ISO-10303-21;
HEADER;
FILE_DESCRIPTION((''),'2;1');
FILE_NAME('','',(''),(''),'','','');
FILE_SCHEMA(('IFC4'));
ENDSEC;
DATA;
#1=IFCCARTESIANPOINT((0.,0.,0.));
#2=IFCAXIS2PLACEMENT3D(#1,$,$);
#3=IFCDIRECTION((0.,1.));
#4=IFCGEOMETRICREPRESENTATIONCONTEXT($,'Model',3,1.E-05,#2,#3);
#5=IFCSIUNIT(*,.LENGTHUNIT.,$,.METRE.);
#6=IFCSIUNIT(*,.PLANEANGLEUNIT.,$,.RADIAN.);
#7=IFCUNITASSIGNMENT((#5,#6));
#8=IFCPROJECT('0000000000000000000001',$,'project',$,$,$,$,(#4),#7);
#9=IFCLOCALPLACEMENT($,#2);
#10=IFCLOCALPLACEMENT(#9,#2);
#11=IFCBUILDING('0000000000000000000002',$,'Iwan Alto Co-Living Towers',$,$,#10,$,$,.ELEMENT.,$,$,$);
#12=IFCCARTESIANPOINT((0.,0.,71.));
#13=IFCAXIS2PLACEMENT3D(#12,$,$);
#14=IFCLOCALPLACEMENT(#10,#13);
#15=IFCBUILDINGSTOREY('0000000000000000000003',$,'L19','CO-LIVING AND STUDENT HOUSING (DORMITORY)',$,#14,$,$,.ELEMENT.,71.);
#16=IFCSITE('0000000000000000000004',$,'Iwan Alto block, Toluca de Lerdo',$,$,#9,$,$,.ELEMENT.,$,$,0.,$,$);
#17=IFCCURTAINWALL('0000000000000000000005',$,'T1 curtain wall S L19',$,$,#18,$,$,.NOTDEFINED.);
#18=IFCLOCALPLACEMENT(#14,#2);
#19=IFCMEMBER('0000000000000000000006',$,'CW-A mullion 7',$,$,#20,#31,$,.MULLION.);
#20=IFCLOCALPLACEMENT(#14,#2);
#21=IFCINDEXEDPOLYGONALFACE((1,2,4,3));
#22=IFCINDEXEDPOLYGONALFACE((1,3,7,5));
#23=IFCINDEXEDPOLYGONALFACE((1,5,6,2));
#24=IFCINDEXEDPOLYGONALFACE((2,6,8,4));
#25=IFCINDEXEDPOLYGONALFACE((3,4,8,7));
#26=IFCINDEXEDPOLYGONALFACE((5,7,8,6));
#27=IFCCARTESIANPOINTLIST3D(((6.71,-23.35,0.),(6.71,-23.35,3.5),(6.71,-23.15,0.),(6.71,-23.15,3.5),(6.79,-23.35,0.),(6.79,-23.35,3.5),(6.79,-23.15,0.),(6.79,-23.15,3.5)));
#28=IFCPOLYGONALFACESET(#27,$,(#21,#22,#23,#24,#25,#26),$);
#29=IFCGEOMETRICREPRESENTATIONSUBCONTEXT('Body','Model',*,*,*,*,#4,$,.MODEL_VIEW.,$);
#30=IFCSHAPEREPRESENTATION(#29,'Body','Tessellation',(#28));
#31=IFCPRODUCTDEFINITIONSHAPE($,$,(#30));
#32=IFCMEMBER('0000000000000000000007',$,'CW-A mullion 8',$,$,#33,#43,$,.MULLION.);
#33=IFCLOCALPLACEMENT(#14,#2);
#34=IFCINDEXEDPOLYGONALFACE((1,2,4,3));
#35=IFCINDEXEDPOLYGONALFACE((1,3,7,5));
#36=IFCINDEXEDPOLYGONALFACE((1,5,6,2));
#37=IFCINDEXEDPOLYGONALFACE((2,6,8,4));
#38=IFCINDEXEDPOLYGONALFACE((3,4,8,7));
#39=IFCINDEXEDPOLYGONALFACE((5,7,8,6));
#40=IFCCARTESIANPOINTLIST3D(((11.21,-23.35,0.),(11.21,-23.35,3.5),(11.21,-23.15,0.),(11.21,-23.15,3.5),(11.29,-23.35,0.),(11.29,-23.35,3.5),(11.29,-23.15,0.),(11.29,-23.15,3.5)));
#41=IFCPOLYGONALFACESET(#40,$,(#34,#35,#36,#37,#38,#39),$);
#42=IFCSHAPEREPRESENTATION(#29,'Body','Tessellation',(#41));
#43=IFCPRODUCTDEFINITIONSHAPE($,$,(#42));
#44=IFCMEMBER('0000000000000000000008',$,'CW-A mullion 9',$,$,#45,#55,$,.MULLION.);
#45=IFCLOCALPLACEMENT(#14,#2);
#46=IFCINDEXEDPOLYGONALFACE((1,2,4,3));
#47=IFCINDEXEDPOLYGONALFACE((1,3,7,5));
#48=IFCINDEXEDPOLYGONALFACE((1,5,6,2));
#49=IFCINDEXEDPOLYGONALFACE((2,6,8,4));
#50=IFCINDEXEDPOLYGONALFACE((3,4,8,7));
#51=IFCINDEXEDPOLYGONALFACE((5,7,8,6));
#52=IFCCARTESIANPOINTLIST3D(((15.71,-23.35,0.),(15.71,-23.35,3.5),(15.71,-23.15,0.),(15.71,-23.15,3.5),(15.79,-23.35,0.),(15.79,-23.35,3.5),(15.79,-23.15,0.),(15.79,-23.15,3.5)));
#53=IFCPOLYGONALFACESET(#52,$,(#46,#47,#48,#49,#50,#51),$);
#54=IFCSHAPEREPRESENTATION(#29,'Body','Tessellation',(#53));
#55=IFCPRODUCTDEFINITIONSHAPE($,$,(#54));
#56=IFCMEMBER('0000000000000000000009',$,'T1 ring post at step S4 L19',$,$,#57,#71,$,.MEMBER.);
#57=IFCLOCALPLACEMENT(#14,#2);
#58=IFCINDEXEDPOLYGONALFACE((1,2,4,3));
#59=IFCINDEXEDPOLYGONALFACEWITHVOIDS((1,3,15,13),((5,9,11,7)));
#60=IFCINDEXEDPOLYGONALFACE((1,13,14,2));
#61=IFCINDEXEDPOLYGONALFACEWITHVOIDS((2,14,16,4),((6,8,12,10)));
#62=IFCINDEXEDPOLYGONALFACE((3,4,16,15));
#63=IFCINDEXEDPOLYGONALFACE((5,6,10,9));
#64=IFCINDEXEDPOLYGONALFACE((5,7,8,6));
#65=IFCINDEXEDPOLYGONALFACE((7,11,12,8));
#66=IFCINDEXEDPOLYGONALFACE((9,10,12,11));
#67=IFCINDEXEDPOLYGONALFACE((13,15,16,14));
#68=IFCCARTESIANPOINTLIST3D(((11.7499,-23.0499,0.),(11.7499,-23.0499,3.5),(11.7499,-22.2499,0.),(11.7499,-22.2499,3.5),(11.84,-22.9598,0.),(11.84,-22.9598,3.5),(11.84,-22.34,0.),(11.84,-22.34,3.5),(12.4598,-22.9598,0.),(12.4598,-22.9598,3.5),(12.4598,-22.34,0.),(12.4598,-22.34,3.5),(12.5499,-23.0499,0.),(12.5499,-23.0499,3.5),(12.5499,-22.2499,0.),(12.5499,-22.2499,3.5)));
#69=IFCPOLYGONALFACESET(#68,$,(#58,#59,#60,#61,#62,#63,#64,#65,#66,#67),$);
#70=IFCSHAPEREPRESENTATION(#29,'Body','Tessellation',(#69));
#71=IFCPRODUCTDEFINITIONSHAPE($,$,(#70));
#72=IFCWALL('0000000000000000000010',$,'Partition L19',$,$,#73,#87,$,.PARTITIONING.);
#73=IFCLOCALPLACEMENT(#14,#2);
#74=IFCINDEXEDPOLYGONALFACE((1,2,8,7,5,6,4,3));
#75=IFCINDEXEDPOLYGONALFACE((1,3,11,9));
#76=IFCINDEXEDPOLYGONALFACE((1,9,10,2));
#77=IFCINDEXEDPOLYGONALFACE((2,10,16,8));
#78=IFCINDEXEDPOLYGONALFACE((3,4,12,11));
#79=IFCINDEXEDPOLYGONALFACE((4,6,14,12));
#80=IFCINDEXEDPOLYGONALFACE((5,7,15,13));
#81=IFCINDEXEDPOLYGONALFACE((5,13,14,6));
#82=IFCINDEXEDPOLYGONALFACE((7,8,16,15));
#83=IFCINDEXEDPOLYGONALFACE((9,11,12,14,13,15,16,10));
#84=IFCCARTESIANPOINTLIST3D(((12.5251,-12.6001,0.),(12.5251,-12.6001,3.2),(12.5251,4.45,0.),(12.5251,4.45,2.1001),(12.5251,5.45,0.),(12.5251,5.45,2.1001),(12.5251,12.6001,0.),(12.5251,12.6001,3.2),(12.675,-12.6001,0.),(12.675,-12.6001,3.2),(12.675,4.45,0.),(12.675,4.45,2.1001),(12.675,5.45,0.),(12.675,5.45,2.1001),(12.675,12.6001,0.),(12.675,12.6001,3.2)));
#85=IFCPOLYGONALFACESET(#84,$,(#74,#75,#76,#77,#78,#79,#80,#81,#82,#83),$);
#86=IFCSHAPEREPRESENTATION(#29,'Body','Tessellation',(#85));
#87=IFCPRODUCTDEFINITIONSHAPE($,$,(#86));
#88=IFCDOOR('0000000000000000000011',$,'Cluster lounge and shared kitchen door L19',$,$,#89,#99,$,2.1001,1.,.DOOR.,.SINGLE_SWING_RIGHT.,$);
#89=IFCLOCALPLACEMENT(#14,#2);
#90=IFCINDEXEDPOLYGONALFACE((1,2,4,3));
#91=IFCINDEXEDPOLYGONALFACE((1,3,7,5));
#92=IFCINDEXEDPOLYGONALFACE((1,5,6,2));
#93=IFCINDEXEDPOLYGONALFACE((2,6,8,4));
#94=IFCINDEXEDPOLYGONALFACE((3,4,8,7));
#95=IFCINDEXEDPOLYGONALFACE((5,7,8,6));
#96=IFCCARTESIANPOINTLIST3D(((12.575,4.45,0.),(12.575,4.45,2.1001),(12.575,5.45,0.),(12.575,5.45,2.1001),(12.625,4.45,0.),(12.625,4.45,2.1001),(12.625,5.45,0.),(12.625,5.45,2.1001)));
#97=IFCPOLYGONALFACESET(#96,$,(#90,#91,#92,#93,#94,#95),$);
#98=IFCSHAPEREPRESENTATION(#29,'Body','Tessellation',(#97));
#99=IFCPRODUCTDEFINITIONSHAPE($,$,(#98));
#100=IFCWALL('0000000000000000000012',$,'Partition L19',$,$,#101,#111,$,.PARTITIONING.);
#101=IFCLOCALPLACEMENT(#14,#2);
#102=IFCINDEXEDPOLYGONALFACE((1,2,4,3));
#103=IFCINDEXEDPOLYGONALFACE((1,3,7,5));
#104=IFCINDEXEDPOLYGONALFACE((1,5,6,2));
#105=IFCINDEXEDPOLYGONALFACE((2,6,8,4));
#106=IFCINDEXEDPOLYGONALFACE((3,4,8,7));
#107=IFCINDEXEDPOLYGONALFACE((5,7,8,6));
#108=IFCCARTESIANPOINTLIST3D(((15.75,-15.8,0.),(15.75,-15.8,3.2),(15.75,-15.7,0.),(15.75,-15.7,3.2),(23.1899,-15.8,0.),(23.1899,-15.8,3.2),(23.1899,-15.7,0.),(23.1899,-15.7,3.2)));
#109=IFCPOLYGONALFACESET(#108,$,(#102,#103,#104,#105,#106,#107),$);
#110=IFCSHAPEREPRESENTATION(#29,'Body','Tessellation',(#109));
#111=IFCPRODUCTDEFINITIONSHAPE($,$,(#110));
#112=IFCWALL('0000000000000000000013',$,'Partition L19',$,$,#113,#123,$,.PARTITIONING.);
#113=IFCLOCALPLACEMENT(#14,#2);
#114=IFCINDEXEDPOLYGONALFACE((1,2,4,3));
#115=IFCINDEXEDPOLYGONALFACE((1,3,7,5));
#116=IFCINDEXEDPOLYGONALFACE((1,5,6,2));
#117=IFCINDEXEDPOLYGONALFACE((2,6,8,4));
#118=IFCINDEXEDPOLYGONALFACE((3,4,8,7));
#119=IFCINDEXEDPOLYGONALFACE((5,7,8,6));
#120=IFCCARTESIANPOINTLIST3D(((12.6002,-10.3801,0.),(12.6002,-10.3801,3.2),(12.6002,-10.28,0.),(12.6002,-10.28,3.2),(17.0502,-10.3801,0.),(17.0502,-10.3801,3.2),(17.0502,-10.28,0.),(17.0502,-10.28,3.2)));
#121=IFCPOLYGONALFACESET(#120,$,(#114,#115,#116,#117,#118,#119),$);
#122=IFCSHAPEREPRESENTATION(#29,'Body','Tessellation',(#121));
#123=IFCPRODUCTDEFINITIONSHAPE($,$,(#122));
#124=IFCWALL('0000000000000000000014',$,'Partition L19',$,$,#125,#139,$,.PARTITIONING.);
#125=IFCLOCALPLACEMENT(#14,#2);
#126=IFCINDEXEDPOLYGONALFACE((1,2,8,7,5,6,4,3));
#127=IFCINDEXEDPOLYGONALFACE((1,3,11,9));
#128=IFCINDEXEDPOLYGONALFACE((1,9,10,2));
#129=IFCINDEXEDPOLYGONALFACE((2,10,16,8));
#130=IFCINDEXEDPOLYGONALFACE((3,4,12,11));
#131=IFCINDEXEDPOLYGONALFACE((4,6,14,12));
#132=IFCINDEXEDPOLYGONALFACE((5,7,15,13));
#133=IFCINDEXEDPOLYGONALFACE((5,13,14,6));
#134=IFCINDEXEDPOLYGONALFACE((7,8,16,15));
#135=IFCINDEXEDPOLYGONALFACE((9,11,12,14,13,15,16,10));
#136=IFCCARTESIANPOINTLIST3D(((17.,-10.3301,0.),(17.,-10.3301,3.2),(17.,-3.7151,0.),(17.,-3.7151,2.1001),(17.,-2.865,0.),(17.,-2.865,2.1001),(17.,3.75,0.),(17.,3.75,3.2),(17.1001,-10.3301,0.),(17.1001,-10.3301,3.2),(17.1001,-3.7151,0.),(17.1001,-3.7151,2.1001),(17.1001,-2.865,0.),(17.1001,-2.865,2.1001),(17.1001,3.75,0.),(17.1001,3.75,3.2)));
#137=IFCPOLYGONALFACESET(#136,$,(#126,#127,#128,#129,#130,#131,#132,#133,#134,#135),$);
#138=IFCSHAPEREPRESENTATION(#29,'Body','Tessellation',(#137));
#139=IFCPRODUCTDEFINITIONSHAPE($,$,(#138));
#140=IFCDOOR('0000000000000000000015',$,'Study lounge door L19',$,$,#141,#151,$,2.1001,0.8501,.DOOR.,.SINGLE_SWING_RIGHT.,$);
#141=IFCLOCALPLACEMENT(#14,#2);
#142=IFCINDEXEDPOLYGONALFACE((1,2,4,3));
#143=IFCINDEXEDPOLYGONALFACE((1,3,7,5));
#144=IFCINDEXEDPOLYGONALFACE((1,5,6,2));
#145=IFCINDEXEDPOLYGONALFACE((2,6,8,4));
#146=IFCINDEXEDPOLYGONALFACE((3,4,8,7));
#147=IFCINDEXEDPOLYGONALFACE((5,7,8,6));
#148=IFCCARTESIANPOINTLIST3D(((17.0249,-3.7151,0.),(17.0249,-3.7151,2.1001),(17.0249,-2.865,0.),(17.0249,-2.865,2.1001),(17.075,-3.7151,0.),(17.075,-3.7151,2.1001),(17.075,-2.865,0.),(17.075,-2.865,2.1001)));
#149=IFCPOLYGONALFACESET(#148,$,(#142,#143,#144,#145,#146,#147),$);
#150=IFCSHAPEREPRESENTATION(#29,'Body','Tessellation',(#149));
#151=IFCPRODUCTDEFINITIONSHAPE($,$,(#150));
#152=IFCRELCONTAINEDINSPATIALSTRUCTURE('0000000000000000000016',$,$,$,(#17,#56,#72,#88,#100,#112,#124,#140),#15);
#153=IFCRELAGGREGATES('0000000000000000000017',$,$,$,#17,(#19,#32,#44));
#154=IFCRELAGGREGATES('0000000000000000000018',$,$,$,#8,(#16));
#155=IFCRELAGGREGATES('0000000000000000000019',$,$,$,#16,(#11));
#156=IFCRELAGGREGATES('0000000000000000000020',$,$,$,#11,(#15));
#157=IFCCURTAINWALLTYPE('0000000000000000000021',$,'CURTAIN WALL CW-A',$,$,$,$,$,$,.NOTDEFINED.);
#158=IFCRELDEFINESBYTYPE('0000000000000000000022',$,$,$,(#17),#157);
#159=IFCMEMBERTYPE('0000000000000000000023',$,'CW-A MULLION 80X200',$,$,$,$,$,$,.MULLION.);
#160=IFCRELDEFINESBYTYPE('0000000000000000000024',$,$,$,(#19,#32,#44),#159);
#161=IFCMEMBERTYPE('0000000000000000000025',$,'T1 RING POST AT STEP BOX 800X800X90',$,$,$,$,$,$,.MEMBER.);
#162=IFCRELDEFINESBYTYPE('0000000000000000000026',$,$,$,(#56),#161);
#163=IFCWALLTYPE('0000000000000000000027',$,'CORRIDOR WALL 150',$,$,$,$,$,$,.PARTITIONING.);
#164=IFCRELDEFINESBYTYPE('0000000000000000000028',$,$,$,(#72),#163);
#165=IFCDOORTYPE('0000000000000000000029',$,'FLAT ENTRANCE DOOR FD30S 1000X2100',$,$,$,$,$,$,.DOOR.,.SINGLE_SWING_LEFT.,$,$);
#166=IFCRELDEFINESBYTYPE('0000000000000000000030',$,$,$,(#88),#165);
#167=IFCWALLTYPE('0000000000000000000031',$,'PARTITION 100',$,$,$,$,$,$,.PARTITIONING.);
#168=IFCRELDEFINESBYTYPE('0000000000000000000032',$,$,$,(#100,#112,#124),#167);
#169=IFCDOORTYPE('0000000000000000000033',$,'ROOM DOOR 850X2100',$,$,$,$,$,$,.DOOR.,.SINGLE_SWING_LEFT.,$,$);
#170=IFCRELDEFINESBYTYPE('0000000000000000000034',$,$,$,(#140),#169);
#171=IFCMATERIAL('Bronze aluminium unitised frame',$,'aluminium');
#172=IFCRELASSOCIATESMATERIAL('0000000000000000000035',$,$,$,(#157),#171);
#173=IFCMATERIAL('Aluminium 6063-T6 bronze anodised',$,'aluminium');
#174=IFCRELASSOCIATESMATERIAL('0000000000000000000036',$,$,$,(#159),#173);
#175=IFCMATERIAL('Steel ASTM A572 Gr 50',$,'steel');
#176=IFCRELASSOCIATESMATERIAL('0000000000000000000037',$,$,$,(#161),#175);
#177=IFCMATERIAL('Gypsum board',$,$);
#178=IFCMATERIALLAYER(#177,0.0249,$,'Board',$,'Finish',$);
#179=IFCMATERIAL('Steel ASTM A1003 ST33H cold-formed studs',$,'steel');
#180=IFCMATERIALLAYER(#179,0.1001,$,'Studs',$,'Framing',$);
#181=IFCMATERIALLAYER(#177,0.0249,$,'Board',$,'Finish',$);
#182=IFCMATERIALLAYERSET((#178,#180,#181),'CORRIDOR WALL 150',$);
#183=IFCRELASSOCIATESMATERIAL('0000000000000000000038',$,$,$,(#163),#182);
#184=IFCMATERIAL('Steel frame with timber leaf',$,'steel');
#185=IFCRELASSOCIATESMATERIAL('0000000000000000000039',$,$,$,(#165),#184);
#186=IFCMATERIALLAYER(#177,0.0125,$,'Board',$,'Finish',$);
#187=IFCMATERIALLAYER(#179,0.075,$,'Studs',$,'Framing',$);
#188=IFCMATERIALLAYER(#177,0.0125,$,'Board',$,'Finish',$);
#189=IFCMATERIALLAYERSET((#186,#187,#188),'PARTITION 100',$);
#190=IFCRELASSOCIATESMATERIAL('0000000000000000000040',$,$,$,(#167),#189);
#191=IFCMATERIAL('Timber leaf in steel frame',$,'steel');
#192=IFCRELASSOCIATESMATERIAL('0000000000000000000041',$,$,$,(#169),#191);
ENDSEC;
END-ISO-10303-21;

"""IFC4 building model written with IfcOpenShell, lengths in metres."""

from ifc_helpers import new_model, si_unit, direction, frame, frame_2d, origin, origin_2d, place, context, subcontext, project, spatial, rectangle, hollow_rectangle, extrude, material, layer, layer_set, material_profile, profile_set, type_object, element, fill, aggregate, save


model = new_model("IFC4")

# Units and contexts
model_context = context("Model", 3, precision=1e-05, world=origin(), true_north=direction((0.0, 1.0)))
body_context = subcontext(model_context, "Body", "Model", "MODEL_VIEW")
ifc_project = project(units=[si_unit("LENGTHUNIT", "METRE"), si_unit("PLANEANGLEUNIT", "RADIAN")], contexts=[model_context])

# Site, building, storey
site_placement = place(None, origin())
site = spatial("IfcSite", under=ifc_project, at=site_placement, Name="Iwan Alto block, Toluca de Lerdo", CompositionType="ELEMENT", RefElevation=0.0)
building_placement = place(site_placement, origin())
building = spatial("IfcBuilding", under=site, at=building_placement, Name="Iwan Alto Co-Living Towers", CompositionType="ELEMENT")
storey_placement = place(building_placement, frame((0.0, 0.0, 71.0)))
storey = spatial("IfcBuildingStorey", under=building, at=storey_placement, Name="L19", Description="CO-LIVING AND STUDENT HOUSING (DORMITORY)", CompositionType="ELEMENT", Elevation=71.0)

# Curtain wall, members
ifc_material_1 = material(Name="Bronze aluminium unitised frame", Category="aluminium")
curtain_wall_type = type_object("IfcCurtainWallType", Name="CURTAIN WALL CW-A", PredefinedType="NOTDEFINED", material=ifc_material_1)
curtain_wall_placement = place(storey_placement, origin())
curtain_wall = element("IfcCurtainWall", 1, at=curtain_wall_placement, inside=storey, type_object=curtain_wall_type, Name="T1 curtain wall S L19", PredefinedType="NOTDEFINED")
ifc_material_2 = material(Name="Aluminium 6063-T6 bronze anodised", Category="aluminium")
ifc_material_profile_1 = material_profile(ifc_material_2, rectangle(XDim=0.2, YDim=0.0801, at=origin_2d()), Name="AL 80X200")
ifc_profile_set_1 = profile_set([ifc_material_profile_1], Name="Aluminium 6063-T6 bronze anodised")
member_type_1 = type_object("IfcMemberType", Name="CW-A MULLION 80X200", PredefinedType="MULLION", material=ifc_profile_set_1)
member_1_placement = place(storey_placement, frame((6.75, -23.25, 0.0), z_axis=(0.0, 0.0, 1.0), x_axis=(0.0, 1.0, 0.0)))
member_1 = element("IfcMember", 2, at=member_1_placement, type_object=member_type_1, Name="CW-A mullion 7", PredefinedType="MULLION", context=body_context, shape_type="SweptSolid", body=[
    extrude(rectangle(XDim=0.2, YDim=0.0801, at=origin_2d()), origin(), (0.0, 0.0, 1.0), 3.5),
])
member_2_placement = place(storey_placement, frame((11.25, -23.25, 0.0), z_axis=(0.0, 0.0, 1.0), x_axis=(0.0, 1.0, 0.0)))
member_2 = element("IfcMember", 3, at=member_2_placement, type_object=member_type_1, Name="CW-A mullion 8", PredefinedType="MULLION", context=body_context, shape_type="SweptSolid", body=[
    extrude(rectangle(XDim=0.2, YDim=0.0801, at=origin_2d()), origin(), (0.0, 0.0, 1.0), 3.5),
])
member_3_placement = place(storey_placement, frame((15.75, -23.25, 0.0), z_axis=(0.0, 0.0, 1.0), x_axis=(0.0, 1.0, 0.0)))
member_3 = element("IfcMember", 4, at=member_3_placement, type_object=member_type_1, Name="CW-A mullion 9", PredefinedType="MULLION", context=body_context, shape_type="SweptSolid", body=[
    extrude(rectangle(XDim=0.2, YDim=0.0801, at=origin_2d()), origin(), (0.0, 0.0, 1.0), 3.5),
])
aggregate(curtain_wall, [member_1, member_2, member_3])

# Member
ifc_material_3 = material(Name="Steel ASTM A572 Gr 50", Category="steel")
ifc_material_profile_2 = material_profile(ifc_material_3, hollow_rectangle(XDim=0.8, YDim=0.8, WallThickness=0.0901, at=origin_2d()), Name="BOX 800X800X90")
ifc_profile_set_2 = profile_set([ifc_material_profile_2], Name="Steel ASTM A572 Gr 50")
member_type_2 = type_object("IfcMemberType", Name="T1 RING POST AT STEP BOX 800X800X90", PredefinedType="MEMBER", material=ifc_profile_set_2)
member_4_placement = place(storey_placement, frame((12.1499, -22.6499, 0.0), z_axis=(0.0, 0.0, 1.0), x_axis=(1.0, 0.0, 0.0)))
element("IfcMember", 5, at=member_4_placement, inside=storey, type_object=member_type_2, Name="T1 ring post at step S4 L19", PredefinedType="MEMBER", context=body_context, shape_type="SweptSolid", body=[
    extrude(hollow_rectangle(XDim=0.8, YDim=0.8, WallThickness=0.0901, at=origin_2d()), origin(), (0.0, 0.0, 1.0), 3.5),
])

# Wall, opening, door
ifc_material_4 = material(Name="Gypsum board")
ifc_layer_1 = layer(ifc_material_4, 0.0249, Name="Board", Category="Finish")
ifc_material_5 = material(Name="Steel ASTM A1003 ST33H cold-formed studs", Category="steel")
ifc_layer_2 = layer(ifc_material_5, 0.1001, Name="Studs", Category="Framing")
ifc_layer_3 = layer(ifc_material_4, 0.0249, Name="Board", Category="Finish")
ifc_layer_set_1 = layer_set([ifc_layer_1, ifc_layer_2, ifc_layer_3], Name="CORRIDOR WALL 150")
wall_type_1 = type_object("IfcWallType", Name="CORRIDOR WALL 150", PredefinedType="PARTITIONING", material=ifc_layer_set_1)
wall_1_placement = place(storey_placement, frame((12.6001, -12.6001, 0.0), z_axis=(0.0, 0.0, 1.0), x_axis=(0.0, 1.0, 0.0)))
wall_1 = element("IfcWall", 6, at=wall_1_placement, inside=storey, type_object=wall_type_1, Name="Partition L19", PredefinedType="PARTITIONING", context=body_context, shape_type="SweptSolid", body=[
    extrude(rectangle(XDim=25.2002, YDim=0.1499, at=frame_2d((12.6001, 0.0))), origin(), (0.0, 0.0, 1.0), 3.2),
])
opening_1_placement = place(wall_1_placement, frame((17.05, 0.0, 0.0)))
opening_1 = element("IfcOpeningElement", 7, at=opening_1_placement, cuts=wall_1, PredefinedType="OPENING", context=body_context, shape_type="SweptSolid", body=[
    extrude(rectangle(XDim=1.0, YDim=2.1001, at=frame_2d((0.5, 1.05))), frame((0.0, 0.085, 0.0), z_axis=(0.0, -1.0, 0.0), x_axis=(1.0, 0.0, 0.0)), (0.0, 0.0, 1.0), 0.1699),
])
ifc_material_6 = material(Name="Steel frame with timber leaf", Category="steel")
door_type_1 = type_object("IfcDoorType", Name="FLAT ENTRANCE DOOR FD30S 1000X2100", OperationType="SINGLE_SWING_LEFT", PredefinedType="DOOR", material=ifc_material_6)
door_1_placement = place(opening_1_placement, frame((1.0, 0.0, 0.0), z_axis=(0.0, 0.0, 1.0), x_axis=(-1.0, 0.0, 0.0)))
door_1 = element("IfcDoor", 8, at=door_1_placement, inside=storey, type_object=door_type_1, Name="Cluster lounge and shared kitchen door L19", OperationType="SINGLE_SWING_RIGHT", OverallHeight=2.1001, OverallWidth=1.0, PredefinedType="DOOR", context=body_context, shape_type="SweptSolid", body=[
    extrude(rectangle(XDim=1.0, YDim=2.1001, at=frame_2d((0.5, 1.05))), frame((0.0, 0.0249, 0.0), z_axis=(0.0, -1.0, 0.0), x_axis=(1.0, 0.0, 0.0)), (0.0, 0.0, 1.0), 0.05),
])
fill(opening_1, door_1)

# Walls
ifc_layer_4 = layer(ifc_material_4, 0.0125, Name="Board", Category="Finish")
ifc_layer_5 = layer(ifc_material_5, 0.075, Name="Studs", Category="Framing")
ifc_layer_6 = layer(ifc_material_4, 0.0125, Name="Board", Category="Finish")
ifc_layer_set_2 = layer_set([ifc_layer_4, ifc_layer_5, ifc_layer_6], Name="PARTITION 100")
wall_type_2 = type_object("IfcWallType", Name="PARTITION 100", PredefinedType="PARTITIONING", material=ifc_layer_set_2)
wall_2_placement = place(storey_placement, frame((15.75, -15.75, 0.0), z_axis=(0.0, 0.0, 1.0), x_axis=(1.0, 0.0, 0.0)))
element("IfcWall", 9, at=wall_2_placement, inside=storey, type_object=wall_type_2, Name="Partition L19", PredefinedType="PARTITIONING", context=body_context, shape_type="SweptSolid", body=[
    extrude(rectangle(XDim=7.4399, YDim=0.1001, at=frame_2d((3.72, 0.0))), origin(), (0.0, 0.0, 1.0), 3.2),
])
wall_3_placement = place(storey_placement, frame((12.6001, -10.3301, 0.0), z_axis=(0.0, 0.0, 1.0), x_axis=(1.0, 0.0, 0.0)))
element("IfcWall", 10, at=wall_3_placement, inside=storey, type_object=wall_type_2, Name="Partition L19", PredefinedType="PARTITIONING", context=body_context, shape_type="SweptSolid", body=[
    extrude(rectangle(XDim=4.45, YDim=0.1001, at=frame_2d((2.2251, 0.0))), origin(), (0.0, 0.0, 1.0), 3.2),
])

# Wall, opening, door
wall_4_placement = place(storey_placement, frame((17.05, -10.3301, 0.0), z_axis=(0.0, 0.0, 1.0), x_axis=(0.0, 1.0, 0.0)))
wall_4 = element("IfcWall", 11, at=wall_4_placement, inside=storey, type_object=wall_type_2, Name="Partition L19", PredefinedType="PARTITIONING", context=body_context, shape_type="SweptSolid", body=[
    extrude(rectangle(XDim=14.0801, YDim=0.1001, at=frame_2d((7.04, 0.0))), origin(), (0.0, 0.0, 1.0), 3.2),
])
opening_2_placement = place(wall_4_placement, frame((6.615, 0.0, 0.0)))
opening_2 = element("IfcOpeningElement", 12, at=opening_2_placement, cuts=wall_4, PredefinedType="OPENING", context=body_context, shape_type="SweptSolid", body=[
    extrude(rectangle(XDim=0.8501, YDim=2.1001, at=frame_2d((0.425, 1.05))), frame((0.0, 0.0601, 0.0), z_axis=(0.0, -1.0, 0.0), x_axis=(1.0, 0.0, 0.0)), (0.0, 0.0, 1.0), 0.1201),
])
ifc_material_7 = material(Name="Timber leaf in steel frame", Category="steel")
door_type_2 = type_object("IfcDoorType", Name="ROOM DOOR 850X2100", OperationType="SINGLE_SWING_LEFT", PredefinedType="DOOR", material=ifc_material_7)
door_2_placement = place(opening_2_placement, frame((0.8501, 0.0, 0.0), z_axis=(0.0, 0.0, 1.0), x_axis=(-1.0, 0.0, 0.0)))
door_2 = element("IfcDoor", 13, at=door_2_placement, inside=storey, type_object=door_type_2, Name="Study lounge door L19", OperationType="SINGLE_SWING_RIGHT", OverallHeight=2.1001, OverallWidth=0.8501, PredefinedType="DOOR", context=body_context, shape_type="SweptSolid", body=[
    extrude(rectangle(XDim=0.8501, YDim=2.1001, at=frame_2d((0.425, 1.05))), frame((0.0, 0.0249, 0.0), z_axis=(0.0, -1.0, 0.0), x_axis=(1.0, 0.0, 0.0)), (0.0, 0.0, 1.0), 0.05),
])
fill(opening_2, door_2)

save(model, "model.ifc")
